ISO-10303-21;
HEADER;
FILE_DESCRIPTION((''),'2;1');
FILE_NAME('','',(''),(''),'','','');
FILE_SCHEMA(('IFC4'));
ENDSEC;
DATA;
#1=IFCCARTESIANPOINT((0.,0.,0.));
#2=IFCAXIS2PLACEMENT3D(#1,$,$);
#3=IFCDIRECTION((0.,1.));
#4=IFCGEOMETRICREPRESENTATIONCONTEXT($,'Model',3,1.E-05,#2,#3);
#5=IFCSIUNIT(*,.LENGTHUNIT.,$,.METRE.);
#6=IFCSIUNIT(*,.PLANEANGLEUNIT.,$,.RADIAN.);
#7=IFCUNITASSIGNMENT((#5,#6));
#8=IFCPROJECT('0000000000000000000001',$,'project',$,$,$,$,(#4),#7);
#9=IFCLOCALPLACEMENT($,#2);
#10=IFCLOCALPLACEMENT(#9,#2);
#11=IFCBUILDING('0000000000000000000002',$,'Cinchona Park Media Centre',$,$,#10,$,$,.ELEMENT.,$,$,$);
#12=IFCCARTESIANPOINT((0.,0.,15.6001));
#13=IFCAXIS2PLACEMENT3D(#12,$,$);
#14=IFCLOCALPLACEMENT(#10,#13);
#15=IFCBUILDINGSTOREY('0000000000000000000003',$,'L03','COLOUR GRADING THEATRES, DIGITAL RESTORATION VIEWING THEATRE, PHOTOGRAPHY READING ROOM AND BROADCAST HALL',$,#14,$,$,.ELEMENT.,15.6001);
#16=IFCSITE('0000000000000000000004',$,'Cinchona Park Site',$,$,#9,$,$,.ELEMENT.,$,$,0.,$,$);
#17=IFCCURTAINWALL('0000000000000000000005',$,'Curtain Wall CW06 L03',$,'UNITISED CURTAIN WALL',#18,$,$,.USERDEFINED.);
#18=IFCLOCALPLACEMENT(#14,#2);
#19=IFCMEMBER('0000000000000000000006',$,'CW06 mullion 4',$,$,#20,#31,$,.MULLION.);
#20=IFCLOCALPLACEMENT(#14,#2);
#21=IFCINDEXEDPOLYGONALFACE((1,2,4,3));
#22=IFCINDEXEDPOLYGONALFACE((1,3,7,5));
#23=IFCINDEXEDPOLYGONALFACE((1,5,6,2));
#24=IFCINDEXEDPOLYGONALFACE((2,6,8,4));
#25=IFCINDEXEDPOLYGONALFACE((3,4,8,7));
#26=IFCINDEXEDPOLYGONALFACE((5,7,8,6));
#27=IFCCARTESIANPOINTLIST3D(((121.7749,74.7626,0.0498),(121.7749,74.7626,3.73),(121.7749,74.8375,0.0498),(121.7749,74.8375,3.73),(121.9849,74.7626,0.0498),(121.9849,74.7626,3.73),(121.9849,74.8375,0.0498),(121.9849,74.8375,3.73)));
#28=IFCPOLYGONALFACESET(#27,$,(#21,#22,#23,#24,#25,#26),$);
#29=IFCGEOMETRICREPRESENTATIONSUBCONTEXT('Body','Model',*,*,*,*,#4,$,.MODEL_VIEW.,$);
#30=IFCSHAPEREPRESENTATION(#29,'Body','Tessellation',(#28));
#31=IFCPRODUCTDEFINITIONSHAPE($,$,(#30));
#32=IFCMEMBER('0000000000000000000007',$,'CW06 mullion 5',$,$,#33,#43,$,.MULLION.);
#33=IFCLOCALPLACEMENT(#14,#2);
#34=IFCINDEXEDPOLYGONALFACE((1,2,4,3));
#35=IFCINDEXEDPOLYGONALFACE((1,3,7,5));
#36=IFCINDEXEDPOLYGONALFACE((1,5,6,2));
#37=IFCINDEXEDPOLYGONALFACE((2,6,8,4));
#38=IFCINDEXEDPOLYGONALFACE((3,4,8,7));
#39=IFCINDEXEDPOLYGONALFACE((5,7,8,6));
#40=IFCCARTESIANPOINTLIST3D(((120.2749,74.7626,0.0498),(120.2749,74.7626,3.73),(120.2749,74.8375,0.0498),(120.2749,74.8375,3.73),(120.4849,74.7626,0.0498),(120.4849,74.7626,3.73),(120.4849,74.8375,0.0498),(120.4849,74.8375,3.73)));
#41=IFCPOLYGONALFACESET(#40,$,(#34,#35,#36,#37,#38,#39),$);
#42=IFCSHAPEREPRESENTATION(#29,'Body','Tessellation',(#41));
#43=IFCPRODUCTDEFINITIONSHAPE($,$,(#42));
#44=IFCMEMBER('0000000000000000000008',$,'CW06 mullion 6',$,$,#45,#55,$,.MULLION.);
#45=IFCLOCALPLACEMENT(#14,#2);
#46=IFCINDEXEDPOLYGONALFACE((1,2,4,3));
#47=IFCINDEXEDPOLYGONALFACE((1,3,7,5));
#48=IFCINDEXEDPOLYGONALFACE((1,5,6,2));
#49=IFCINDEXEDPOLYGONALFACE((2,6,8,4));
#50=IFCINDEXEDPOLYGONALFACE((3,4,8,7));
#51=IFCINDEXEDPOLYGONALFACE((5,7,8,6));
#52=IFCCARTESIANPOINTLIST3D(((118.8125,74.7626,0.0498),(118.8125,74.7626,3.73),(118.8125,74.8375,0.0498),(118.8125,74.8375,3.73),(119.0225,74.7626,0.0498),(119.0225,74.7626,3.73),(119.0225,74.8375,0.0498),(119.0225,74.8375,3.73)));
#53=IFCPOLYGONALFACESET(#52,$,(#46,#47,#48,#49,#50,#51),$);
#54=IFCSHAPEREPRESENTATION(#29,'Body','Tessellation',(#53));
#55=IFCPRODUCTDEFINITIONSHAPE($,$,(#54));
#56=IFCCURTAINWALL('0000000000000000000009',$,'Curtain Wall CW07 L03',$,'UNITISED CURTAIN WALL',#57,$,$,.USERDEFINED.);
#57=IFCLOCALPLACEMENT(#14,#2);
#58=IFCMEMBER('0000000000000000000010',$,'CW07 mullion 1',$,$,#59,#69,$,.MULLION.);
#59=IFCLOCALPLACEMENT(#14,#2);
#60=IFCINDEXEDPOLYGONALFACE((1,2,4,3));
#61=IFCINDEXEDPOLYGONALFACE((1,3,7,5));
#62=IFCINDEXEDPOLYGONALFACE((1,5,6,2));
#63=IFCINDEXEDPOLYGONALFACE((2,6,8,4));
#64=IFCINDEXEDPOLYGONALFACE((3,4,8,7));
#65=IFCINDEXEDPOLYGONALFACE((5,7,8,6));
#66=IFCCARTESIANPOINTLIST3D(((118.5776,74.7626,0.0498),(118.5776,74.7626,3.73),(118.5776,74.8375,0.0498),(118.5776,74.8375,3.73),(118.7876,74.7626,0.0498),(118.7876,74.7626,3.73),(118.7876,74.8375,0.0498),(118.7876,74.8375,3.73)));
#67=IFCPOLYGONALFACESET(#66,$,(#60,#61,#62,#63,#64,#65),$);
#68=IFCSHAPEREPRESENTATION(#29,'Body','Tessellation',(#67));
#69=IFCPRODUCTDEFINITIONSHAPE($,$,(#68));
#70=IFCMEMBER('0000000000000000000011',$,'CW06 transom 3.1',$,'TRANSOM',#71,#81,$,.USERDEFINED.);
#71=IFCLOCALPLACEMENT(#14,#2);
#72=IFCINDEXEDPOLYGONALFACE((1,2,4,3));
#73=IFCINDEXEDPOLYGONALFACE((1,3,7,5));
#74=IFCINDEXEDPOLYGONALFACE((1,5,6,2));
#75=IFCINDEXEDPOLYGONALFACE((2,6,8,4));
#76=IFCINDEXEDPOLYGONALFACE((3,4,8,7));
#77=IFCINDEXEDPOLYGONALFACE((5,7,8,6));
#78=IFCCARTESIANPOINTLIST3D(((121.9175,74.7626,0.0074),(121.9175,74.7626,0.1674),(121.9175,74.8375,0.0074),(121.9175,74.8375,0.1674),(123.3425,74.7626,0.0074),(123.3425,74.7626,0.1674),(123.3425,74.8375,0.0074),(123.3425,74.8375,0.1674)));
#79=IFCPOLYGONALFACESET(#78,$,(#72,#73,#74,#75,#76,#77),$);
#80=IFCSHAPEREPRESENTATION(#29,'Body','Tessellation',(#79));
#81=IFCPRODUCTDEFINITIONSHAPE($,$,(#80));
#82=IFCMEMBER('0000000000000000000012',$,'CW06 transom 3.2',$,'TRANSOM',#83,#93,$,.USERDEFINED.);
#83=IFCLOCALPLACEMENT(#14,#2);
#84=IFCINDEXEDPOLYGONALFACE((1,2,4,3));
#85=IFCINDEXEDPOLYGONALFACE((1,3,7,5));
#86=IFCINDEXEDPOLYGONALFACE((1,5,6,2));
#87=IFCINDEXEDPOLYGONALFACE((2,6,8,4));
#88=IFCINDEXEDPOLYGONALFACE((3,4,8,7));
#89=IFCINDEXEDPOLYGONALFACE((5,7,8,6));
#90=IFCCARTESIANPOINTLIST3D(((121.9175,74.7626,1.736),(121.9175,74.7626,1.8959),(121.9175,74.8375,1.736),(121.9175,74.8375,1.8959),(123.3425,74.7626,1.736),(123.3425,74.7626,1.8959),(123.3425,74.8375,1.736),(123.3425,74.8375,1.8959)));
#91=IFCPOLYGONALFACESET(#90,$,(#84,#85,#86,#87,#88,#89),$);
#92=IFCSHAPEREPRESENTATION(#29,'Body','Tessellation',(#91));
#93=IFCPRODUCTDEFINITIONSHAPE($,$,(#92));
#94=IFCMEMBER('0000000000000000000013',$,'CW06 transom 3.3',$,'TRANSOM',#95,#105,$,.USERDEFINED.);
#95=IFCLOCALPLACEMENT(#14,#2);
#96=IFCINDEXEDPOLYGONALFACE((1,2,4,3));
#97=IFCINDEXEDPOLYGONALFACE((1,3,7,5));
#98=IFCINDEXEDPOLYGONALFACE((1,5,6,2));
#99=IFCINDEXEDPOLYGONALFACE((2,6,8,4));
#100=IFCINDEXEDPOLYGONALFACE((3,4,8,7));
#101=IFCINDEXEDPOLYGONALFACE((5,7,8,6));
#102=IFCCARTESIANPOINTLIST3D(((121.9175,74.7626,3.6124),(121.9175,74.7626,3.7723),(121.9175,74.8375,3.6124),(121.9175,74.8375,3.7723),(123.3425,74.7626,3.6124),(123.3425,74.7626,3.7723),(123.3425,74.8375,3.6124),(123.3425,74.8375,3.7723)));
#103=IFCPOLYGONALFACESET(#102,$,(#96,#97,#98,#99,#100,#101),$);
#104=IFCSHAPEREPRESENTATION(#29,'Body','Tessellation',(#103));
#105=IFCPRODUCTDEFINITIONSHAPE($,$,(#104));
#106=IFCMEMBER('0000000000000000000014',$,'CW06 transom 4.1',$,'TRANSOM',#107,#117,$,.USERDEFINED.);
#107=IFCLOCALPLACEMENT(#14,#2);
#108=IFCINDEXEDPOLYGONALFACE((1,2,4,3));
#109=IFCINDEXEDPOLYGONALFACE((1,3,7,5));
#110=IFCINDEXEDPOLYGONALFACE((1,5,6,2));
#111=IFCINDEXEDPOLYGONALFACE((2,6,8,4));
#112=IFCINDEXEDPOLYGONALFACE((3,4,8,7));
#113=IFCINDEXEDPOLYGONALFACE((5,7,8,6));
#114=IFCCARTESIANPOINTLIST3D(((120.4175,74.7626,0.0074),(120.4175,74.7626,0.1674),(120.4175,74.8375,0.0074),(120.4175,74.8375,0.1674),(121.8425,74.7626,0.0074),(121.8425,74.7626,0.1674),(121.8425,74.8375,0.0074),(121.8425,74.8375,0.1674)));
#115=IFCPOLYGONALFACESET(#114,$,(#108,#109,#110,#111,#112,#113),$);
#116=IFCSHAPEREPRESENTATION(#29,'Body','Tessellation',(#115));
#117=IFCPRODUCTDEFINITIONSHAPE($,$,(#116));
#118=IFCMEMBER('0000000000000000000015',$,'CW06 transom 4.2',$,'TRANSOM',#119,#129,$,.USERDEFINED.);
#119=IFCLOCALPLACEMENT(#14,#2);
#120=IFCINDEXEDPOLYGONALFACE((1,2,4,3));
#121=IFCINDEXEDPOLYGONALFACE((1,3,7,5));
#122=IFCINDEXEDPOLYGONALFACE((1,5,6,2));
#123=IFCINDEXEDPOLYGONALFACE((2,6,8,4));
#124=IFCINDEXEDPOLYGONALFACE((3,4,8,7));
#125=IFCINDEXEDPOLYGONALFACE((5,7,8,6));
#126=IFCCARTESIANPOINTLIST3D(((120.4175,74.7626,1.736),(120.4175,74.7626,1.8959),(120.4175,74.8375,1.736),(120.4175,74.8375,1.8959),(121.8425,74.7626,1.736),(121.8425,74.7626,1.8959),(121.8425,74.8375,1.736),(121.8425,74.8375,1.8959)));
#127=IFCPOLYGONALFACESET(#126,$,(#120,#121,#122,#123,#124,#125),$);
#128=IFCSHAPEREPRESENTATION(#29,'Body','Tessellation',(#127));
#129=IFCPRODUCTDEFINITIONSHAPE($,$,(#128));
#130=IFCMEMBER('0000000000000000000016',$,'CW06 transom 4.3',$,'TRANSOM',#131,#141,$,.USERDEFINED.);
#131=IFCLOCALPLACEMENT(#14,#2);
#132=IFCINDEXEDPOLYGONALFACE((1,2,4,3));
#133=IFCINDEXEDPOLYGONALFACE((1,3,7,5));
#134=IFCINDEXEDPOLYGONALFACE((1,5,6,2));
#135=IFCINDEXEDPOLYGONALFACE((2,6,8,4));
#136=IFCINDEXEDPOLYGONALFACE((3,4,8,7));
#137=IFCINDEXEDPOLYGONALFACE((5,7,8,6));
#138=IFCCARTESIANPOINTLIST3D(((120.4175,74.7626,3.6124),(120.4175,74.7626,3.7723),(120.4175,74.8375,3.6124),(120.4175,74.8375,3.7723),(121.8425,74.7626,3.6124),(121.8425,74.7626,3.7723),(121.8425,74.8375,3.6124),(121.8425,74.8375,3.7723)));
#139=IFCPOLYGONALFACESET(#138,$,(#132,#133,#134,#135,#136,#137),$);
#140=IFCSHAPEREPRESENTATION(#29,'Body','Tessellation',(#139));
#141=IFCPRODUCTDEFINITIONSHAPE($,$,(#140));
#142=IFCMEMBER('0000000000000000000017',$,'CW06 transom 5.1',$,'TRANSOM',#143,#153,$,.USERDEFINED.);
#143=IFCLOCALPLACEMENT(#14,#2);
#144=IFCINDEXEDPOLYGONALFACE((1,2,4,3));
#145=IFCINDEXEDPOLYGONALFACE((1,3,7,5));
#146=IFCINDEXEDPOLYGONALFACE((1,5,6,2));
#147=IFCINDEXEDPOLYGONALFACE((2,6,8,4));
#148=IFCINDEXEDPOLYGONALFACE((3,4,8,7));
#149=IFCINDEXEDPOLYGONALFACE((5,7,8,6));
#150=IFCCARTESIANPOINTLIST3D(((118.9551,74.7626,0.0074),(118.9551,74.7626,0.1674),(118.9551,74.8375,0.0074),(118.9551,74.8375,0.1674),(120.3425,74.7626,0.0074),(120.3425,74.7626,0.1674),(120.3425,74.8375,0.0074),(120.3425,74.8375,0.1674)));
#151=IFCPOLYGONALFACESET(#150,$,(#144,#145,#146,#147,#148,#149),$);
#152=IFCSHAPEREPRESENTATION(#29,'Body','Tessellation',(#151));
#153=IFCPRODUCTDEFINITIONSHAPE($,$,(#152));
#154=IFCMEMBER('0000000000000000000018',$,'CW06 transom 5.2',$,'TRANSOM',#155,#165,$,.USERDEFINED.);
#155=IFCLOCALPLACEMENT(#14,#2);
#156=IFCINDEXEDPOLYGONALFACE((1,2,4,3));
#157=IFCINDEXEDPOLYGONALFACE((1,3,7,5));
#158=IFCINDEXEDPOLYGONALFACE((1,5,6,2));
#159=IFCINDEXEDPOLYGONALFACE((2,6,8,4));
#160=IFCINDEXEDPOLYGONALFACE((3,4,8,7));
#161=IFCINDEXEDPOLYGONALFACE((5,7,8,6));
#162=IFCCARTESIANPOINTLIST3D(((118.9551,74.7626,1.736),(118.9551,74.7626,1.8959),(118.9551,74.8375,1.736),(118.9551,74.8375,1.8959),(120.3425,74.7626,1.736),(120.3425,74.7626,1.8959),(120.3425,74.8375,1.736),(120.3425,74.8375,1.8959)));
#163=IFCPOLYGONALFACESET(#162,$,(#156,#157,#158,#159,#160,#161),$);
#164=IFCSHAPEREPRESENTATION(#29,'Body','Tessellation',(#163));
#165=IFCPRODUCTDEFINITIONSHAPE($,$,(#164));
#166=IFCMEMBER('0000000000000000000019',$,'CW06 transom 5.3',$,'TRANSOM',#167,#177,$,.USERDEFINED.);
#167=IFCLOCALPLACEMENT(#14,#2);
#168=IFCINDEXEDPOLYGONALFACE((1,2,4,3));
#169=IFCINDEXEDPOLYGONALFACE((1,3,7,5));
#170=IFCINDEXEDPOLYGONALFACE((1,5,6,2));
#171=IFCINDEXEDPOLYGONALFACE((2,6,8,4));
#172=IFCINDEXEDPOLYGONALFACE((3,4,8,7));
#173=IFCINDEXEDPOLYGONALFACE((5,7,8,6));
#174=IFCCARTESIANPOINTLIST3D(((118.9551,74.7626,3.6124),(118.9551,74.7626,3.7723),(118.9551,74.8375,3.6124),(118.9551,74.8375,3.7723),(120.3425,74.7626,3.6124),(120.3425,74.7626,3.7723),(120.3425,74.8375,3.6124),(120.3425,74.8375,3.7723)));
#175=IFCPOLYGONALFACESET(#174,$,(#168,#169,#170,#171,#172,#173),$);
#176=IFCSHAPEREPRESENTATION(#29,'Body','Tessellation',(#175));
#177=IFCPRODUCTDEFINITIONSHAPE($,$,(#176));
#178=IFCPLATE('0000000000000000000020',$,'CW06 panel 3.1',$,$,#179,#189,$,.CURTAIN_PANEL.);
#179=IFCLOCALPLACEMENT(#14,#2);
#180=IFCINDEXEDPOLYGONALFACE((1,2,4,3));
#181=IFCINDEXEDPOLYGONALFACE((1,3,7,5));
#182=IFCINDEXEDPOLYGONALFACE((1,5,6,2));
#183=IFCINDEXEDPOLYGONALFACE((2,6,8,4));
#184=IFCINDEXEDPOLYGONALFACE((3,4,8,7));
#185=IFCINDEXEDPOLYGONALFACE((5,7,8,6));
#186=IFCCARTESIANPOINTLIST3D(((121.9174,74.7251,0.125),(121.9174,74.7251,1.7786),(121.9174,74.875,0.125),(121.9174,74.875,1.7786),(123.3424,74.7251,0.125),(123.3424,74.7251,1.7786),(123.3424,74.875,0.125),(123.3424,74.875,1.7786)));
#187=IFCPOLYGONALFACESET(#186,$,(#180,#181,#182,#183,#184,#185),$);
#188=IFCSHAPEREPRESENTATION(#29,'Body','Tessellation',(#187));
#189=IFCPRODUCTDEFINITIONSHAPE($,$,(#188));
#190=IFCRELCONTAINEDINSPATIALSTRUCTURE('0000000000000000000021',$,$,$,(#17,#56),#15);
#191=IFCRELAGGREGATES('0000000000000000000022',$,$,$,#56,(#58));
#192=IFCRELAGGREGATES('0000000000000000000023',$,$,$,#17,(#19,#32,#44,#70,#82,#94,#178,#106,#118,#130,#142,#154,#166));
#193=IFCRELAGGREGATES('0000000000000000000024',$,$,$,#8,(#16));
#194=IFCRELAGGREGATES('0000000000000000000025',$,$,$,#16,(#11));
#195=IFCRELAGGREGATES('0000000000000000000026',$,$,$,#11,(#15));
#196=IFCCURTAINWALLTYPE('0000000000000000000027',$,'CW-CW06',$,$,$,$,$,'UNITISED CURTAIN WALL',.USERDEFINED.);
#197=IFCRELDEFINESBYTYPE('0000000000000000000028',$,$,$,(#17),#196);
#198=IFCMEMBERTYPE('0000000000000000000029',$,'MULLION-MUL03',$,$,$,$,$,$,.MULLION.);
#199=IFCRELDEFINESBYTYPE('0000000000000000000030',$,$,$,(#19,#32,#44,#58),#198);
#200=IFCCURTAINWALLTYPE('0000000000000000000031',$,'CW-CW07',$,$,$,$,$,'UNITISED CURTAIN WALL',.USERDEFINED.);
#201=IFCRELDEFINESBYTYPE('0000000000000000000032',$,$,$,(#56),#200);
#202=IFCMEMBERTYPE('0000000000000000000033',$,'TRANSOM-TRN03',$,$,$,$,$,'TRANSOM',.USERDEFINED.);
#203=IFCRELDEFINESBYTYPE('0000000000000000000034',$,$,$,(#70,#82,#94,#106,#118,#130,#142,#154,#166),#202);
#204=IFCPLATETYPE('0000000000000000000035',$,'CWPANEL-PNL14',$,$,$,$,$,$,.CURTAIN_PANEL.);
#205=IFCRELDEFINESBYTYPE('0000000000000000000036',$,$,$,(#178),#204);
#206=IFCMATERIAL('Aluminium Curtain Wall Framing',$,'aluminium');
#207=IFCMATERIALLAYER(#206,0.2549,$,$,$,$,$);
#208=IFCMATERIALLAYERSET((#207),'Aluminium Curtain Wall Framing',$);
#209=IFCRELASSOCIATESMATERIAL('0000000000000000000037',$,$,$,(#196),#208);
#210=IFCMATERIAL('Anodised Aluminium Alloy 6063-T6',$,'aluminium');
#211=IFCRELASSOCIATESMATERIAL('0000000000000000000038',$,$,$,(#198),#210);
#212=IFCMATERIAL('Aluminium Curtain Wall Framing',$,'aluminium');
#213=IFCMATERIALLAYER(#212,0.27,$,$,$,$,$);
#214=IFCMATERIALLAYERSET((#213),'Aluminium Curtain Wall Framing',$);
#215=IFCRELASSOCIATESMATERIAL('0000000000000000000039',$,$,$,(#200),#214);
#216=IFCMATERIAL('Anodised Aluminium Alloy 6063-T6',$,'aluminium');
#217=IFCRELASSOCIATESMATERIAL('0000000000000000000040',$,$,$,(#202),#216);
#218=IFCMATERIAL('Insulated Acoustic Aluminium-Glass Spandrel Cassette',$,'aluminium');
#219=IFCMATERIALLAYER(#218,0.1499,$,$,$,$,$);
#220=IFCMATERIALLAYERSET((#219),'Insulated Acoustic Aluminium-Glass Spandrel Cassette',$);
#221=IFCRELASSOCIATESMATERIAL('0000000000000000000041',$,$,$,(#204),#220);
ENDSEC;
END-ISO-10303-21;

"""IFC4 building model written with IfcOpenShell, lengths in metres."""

from ifc_helpers import new_model, si_unit, direction, frame, origin, origin_2d, place, context, subcontext, project, spatial, rectangle, extrude, material, layer, layer_set, material_profile, profile_set, type_object, element, aggregate, save


model = new_model("IFC4")

# Units and contexts
model_context = context("Model", 3, precision=1e-05, world=origin(), true_north=direction((0.0, 1.0)))
body_context = subcontext(model_context, "Body", "Model", "MODEL_VIEW")
ifc_project = project(units=[si_unit("LENGTHUNIT", "METRE"), si_unit("PLANEANGLEUNIT", "RADIAN")], contexts=[model_context])

# Site, building, storey
site_placement = place(None, origin())
site = spatial("IfcSite", under=ifc_project, at=site_placement, Name="Cinchona Park Site", CompositionType="ELEMENT", RefElevation=0.0)
building_placement = place(site_placement, origin())
building = spatial("IfcBuilding", under=site, at=building_placement, Name="Cinchona Park Media Centre", CompositionType="ELEMENT")
storey_placement = place(building_placement, frame((0.0, 0.0, 15.6001)))
storey = spatial("IfcBuildingStorey", under=building, at=storey_placement, Name="L03", Description="COLOUR GRADING THEATRES, DIGITAL RESTORATION VIEWING THEATRE, PHOTOGRAPHY READING ROOM AND BROADCAST HALL", CompositionType="ELEMENT", Elevation=15.6001)

# Curtain wall, members
ifc_material_1 = material(Name="Aluminium Curtain Wall Framing", Category="aluminium")
ifc_layer_1 = layer(ifc_material_1, 0.2549)
ifc_layer_set_1 = layer_set([ifc_layer_1], Name="Aluminium Curtain Wall Framing")
curtain_wall_type_1 = type_object("IfcCurtainWallType", Name="CW-CW06", ElementType="UNITISED CURTAIN WALL", PredefinedType="USERDEFINED", material=ifc_layer_set_1)
curtain_wall_1_placement = place(storey_placement, origin())
curtain_wall_1 = element("IfcCurtainWall", 1, at=curtain_wall_1_placement, inside=storey, type_object=curtain_wall_type_1, Name="Curtain Wall CW06 L03", ObjectType="UNITISED CURTAIN WALL", PredefinedType="USERDEFINED")
ifc_material_2 = material(Name="Anodised Aluminium Alloy 6063-T6", Category="aluminium")
ifc_material_profile_1 = material_profile(ifc_material_2, rectangle(XDim=0.075, YDim=0.21, at=origin_2d()), Name="MUL-75X210")
ifc_profile_set_1 = profile_set([ifc_material_profile_1], Name="Anodised Aluminium Alloy 6063-T6")
member_type_1 = type_object("IfcMemberType", Name="MULLION-MUL03", PredefinedType="MULLION", material=ifc_profile_set_1)
member_1_placement = place(storey_placement, frame((121.8799, 74.8, 0.0498), z_axis=(0.0, 0.0, 1.0), x_axis=(0.0, -1.0, 0.0)))
member_1 = element("IfcMember", 2, at=member_1_placement, type_object=member_type_1, Name="CW06 mullion 4", PredefinedType="MULLION", context=body_context, shape_type="SweptSolid", body=[
    extrude(rectangle(XDim=0.075, YDim=0.21, at=origin_2d()), origin(), (0.0, 0.0, 1.0), 3.6802),
])
member_2_placement = place(storey_placement, frame((120.3799, 74.8, 0.0498), z_axis=(0.0, 0.0, 1.0), x_axis=(0.0, -1.0, 0.0)))
member_2 = element("IfcMember", 3, at=member_2_placement, type_object=member_type_1, Name="CW06 mullion 5", PredefinedType="MULLION", context=body_context, shape_type="SweptSolid", body=[
    extrude(rectangle(XDim=0.075, YDim=0.21, at=origin_2d()), origin(), (0.0, 0.0, 1.0), 3.6802),
])
member_3_placement = place(storey_placement, frame((118.9175, 74.8, 0.0498), z_axis=(0.0, 0.0, 1.0), x_axis=(0.0, -1.0, 0.0)))
member_3 = element("IfcMember", 4, at=member_3_placement, type_object=member_type_1, Name="CW06 mullion 6", PredefinedType="MULLION", context=body_context, shape_type="SweptSolid", body=[
    extrude(rectangle(XDim=0.075, YDim=0.21, at=origin_2d()), origin(), (0.0, 0.0, 1.0), 3.6802),
])

# Curtain wall, member
ifc_material_3 = material(Name="Aluminium Curtain Wall Framing", Category="aluminium")
ifc_layer_2 = layer(ifc_material_3, 0.27)
ifc_layer_set_2 = layer_set([ifc_layer_2], Name="Aluminium Curtain Wall Framing")
curtain_wall_type_2 = type_object("IfcCurtainWallType", Name="CW-CW07", ElementType="UNITISED CURTAIN WALL", PredefinedType="USERDEFINED", material=ifc_layer_set_2)
curtain_wall_2_placement = place(storey_placement, origin())
curtain_wall_2 = element("IfcCurtainWall", 5, at=curtain_wall_2_placement, inside=storey, type_object=curtain_wall_type_2, Name="Curtain Wall CW07 L03", ObjectType="UNITISED CURTAIN WALL", PredefinedType="USERDEFINED")
member_4_placement = place(storey_placement, frame((118.6826, 74.8, 0.0498), z_axis=(0.0, 0.0, 1.0), x_axis=(0.0, -1.0, 0.0)))
member_4 = element("IfcMember", 6, at=member_4_placement, type_object=member_type_1, Name="CW07 mullion 1", PredefinedType="MULLION", context=body_context, shape_type="SweptSolid", body=[
    extrude(rectangle(XDim=0.075, YDim=0.21, at=origin_2d()), origin(), (0.0, 0.0, 1.0), 3.6802),
])
aggregate(curtain_wall_2, [member_4])

# Members
ifc_material_4 = material(Name="Anodised Aluminium Alloy 6063-T6", Category="aluminium")
ifc_material_profile_2 = material_profile(ifc_material_4, rectangle(XDim=0.075, YDim=0.1599, at=origin_2d()), Name="TRN-75X160")
ifc_profile_set_2 = profile_set([ifc_material_profile_2], Name="Anodised Aluminium Alloy 6063-T6")
member_type_2 = type_object("IfcMemberType", Name="TRANSOM-TRN03", ElementType="TRANSOM", PredefinedType="USERDEFINED", material=ifc_profile_set_2)
member_5_placement = place(storey_placement, frame((123.3425, 74.8, 0.0874), z_axis=(-1.0, 0.0, 0.0), x_axis=(0.0, -1.0, 0.0)))
member_5 = element("IfcMember", 7, at=member_5_placement, type_object=member_type_2, Name="CW06 transom 3.1", ObjectType="TRANSOM", PredefinedType="USERDEFINED", context=body_context, shape_type="SweptSolid", body=[
    extrude(rectangle(XDim=0.075, YDim=0.1599, at=origin_2d()), origin(), (0.0, 0.0, 1.0), 1.425),
])
member_6_placement = place(storey_placement, frame((123.3425, 74.8, 1.8159), z_axis=(-1.0, 0.0, 0.0), x_axis=(0.0, -1.0, 0.0)))
member_6 = element("IfcMember", 8, at=member_6_placement, type_object=member_type_2, Name="CW06 transom 3.2", ObjectType="TRANSOM", PredefinedType="USERDEFINED", context=body_context, shape_type="SweptSolid", body=[
    extrude(rectangle(XDim=0.075, YDim=0.1599, at=origin_2d()), origin(), (0.0, 0.0, 1.0), 1.425),
])
member_7_placement = place(storey_placement, frame((123.3425, 74.8, 3.6924), z_axis=(-1.0, 0.0, 0.0), x_axis=(0.0, -1.0, 0.0)))
member_7 = element("IfcMember", 9, at=member_7_placement, type_object=member_type_2, Name="CW06 transom 3.3", ObjectType="TRANSOM", PredefinedType="USERDEFINED", context=body_context, shape_type="SweptSolid", body=[
    extrude(rectangle(XDim=0.075, YDim=0.1599, at=origin_2d()), origin(), (0.0, 0.0, 1.0), 1.425),
])
member_8_placement = place(storey_placement, frame((121.8425, 74.8, 0.0874), z_axis=(-1.0, 0.0, 0.0), x_axis=(0.0, -1.0, 0.0)))
member_8 = element("IfcMember", 10, at=member_8_placement, type_object=member_type_2, Name="CW06 transom 4.1", ObjectType="TRANSOM", PredefinedType="USERDEFINED", context=body_context, shape_type="SweptSolid", body=[
    extrude(rectangle(XDim=0.075, YDim=0.1599, at=origin_2d()), origin(), (0.0, 0.0, 1.0), 1.425),
])
member_9_placement = place(storey_placement, frame((121.8425, 74.8, 1.8159), z_axis=(-1.0, 0.0, 0.0), x_axis=(0.0, -1.0, 0.0)))
member_9 = element("IfcMember", 11, at=member_9_placement, type_object=member_type_2, Name="CW06 transom 4.2", ObjectType="TRANSOM", PredefinedType="USERDEFINED", context=body_context, shape_type="SweptSolid", body=[
    extrude(rectangle(XDim=0.075, YDim=0.1599, at=origin_2d()), origin(), (0.0, 0.0, 1.0), 1.425),
])
member_10_placement = place(storey_placement, frame((121.8425, 74.8, 3.6924), z_axis=(-1.0, 0.0, 0.0), x_axis=(0.0, -1.0, 0.0)))
member_10 = element("IfcMember", 12, at=member_10_placement, type_object=member_type_2, Name="CW06 transom 4.3", ObjectType="TRANSOM", PredefinedType="USERDEFINED", context=body_context, shape_type="SweptSolid", body=[
    extrude(rectangle(XDim=0.075, YDim=0.1599, at=origin_2d()), origin(), (0.0, 0.0, 1.0), 1.425),
])
member_11_placement = place(storey_placement, frame((120.3425, 74.8, 0.0874), z_axis=(-1.0, 0.0, 0.0), x_axis=(0.0, -1.0, 0.0)))
member_11 = element("IfcMember", 13, at=member_11_placement, type_object=member_type_2, Name="CW06 transom 5.1", ObjectType="TRANSOM", PredefinedType="USERDEFINED", context=body_context, shape_type="SweptSolid", body=[
    extrude(rectangle(XDim=0.075, YDim=0.1599, at=origin_2d()), origin(), (0.0, 0.0, 1.0), 1.3875),
])
member_12_placement = place(storey_placement, frame((120.3425, 74.8, 1.8159), z_axis=(-1.0, 0.0, 0.0), x_axis=(0.0, -1.0, 0.0)))
member_12 = element("IfcMember", 14, at=member_12_placement, type_object=member_type_2, Name="CW06 transom 5.2", ObjectType="TRANSOM", PredefinedType="USERDEFINED", context=body_context, shape_type="SweptSolid", body=[
    extrude(rectangle(XDim=0.075, YDim=0.1599, at=origin_2d()), origin(), (0.0, 0.0, 1.0), 1.3875),
])
member_13_placement = place(storey_placement, frame((120.3425, 74.8, 3.6924), z_axis=(-1.0, 0.0, 0.0), x_axis=(0.0, -1.0, 0.0)))
member_13 = element("IfcMember", 15, at=member_13_placement, type_object=member_type_2, Name="CW06 transom 5.3", ObjectType="TRANSOM", PredefinedType="USERDEFINED", context=body_context, shape_type="SweptSolid", body=[
    extrude(rectangle(XDim=0.075, YDim=0.1599, at=origin_2d()), origin(), (0.0, 0.0, 1.0), 1.3875),
])

# Plate
ifc_material_5 = material(Name="Insulated Acoustic Aluminium-Glass Spandrel Cassette", Category="aluminium")
ifc_layer_3 = layer(ifc_material_5, 0.1499)
ifc_layer_set_3 = layer_set([ifc_layer_3], Name="Insulated Acoustic Aluminium-Glass Spandrel Cassette")
plate_type = type_object("IfcPlateType", Name="CWPANEL-PNL14", PredefinedType="CURTAIN_PANEL", material=ifc_layer_set_3)
plate_1_placement = place(storey_placement, frame((122.6299, 74.8, 0.125), z_axis=(0.0, 0.0, 1.0), x_axis=(-1.0, 0.0, 0.0)))
plate_1 = element("IfcPlate", 16, at=plate_1_placement, type_object=plate_type, Name="CW06 panel 3.1", PredefinedType="CURTAIN_PANEL", context=body_context, shape_type="SweptSolid", body=[
    extrude(rectangle(XDim=1.425, YDim=0.1499, at=origin_2d()), origin(), (0.0, 0.0, 1.0), 1.6536),
])
aggregate(curtain_wall_1, [member_1, member_2, member_3, member_5, member_6, member_7, plate_1, member_8, member_9, member_10, member_11, member_12, member_13])

save(model, "model.ifc")
